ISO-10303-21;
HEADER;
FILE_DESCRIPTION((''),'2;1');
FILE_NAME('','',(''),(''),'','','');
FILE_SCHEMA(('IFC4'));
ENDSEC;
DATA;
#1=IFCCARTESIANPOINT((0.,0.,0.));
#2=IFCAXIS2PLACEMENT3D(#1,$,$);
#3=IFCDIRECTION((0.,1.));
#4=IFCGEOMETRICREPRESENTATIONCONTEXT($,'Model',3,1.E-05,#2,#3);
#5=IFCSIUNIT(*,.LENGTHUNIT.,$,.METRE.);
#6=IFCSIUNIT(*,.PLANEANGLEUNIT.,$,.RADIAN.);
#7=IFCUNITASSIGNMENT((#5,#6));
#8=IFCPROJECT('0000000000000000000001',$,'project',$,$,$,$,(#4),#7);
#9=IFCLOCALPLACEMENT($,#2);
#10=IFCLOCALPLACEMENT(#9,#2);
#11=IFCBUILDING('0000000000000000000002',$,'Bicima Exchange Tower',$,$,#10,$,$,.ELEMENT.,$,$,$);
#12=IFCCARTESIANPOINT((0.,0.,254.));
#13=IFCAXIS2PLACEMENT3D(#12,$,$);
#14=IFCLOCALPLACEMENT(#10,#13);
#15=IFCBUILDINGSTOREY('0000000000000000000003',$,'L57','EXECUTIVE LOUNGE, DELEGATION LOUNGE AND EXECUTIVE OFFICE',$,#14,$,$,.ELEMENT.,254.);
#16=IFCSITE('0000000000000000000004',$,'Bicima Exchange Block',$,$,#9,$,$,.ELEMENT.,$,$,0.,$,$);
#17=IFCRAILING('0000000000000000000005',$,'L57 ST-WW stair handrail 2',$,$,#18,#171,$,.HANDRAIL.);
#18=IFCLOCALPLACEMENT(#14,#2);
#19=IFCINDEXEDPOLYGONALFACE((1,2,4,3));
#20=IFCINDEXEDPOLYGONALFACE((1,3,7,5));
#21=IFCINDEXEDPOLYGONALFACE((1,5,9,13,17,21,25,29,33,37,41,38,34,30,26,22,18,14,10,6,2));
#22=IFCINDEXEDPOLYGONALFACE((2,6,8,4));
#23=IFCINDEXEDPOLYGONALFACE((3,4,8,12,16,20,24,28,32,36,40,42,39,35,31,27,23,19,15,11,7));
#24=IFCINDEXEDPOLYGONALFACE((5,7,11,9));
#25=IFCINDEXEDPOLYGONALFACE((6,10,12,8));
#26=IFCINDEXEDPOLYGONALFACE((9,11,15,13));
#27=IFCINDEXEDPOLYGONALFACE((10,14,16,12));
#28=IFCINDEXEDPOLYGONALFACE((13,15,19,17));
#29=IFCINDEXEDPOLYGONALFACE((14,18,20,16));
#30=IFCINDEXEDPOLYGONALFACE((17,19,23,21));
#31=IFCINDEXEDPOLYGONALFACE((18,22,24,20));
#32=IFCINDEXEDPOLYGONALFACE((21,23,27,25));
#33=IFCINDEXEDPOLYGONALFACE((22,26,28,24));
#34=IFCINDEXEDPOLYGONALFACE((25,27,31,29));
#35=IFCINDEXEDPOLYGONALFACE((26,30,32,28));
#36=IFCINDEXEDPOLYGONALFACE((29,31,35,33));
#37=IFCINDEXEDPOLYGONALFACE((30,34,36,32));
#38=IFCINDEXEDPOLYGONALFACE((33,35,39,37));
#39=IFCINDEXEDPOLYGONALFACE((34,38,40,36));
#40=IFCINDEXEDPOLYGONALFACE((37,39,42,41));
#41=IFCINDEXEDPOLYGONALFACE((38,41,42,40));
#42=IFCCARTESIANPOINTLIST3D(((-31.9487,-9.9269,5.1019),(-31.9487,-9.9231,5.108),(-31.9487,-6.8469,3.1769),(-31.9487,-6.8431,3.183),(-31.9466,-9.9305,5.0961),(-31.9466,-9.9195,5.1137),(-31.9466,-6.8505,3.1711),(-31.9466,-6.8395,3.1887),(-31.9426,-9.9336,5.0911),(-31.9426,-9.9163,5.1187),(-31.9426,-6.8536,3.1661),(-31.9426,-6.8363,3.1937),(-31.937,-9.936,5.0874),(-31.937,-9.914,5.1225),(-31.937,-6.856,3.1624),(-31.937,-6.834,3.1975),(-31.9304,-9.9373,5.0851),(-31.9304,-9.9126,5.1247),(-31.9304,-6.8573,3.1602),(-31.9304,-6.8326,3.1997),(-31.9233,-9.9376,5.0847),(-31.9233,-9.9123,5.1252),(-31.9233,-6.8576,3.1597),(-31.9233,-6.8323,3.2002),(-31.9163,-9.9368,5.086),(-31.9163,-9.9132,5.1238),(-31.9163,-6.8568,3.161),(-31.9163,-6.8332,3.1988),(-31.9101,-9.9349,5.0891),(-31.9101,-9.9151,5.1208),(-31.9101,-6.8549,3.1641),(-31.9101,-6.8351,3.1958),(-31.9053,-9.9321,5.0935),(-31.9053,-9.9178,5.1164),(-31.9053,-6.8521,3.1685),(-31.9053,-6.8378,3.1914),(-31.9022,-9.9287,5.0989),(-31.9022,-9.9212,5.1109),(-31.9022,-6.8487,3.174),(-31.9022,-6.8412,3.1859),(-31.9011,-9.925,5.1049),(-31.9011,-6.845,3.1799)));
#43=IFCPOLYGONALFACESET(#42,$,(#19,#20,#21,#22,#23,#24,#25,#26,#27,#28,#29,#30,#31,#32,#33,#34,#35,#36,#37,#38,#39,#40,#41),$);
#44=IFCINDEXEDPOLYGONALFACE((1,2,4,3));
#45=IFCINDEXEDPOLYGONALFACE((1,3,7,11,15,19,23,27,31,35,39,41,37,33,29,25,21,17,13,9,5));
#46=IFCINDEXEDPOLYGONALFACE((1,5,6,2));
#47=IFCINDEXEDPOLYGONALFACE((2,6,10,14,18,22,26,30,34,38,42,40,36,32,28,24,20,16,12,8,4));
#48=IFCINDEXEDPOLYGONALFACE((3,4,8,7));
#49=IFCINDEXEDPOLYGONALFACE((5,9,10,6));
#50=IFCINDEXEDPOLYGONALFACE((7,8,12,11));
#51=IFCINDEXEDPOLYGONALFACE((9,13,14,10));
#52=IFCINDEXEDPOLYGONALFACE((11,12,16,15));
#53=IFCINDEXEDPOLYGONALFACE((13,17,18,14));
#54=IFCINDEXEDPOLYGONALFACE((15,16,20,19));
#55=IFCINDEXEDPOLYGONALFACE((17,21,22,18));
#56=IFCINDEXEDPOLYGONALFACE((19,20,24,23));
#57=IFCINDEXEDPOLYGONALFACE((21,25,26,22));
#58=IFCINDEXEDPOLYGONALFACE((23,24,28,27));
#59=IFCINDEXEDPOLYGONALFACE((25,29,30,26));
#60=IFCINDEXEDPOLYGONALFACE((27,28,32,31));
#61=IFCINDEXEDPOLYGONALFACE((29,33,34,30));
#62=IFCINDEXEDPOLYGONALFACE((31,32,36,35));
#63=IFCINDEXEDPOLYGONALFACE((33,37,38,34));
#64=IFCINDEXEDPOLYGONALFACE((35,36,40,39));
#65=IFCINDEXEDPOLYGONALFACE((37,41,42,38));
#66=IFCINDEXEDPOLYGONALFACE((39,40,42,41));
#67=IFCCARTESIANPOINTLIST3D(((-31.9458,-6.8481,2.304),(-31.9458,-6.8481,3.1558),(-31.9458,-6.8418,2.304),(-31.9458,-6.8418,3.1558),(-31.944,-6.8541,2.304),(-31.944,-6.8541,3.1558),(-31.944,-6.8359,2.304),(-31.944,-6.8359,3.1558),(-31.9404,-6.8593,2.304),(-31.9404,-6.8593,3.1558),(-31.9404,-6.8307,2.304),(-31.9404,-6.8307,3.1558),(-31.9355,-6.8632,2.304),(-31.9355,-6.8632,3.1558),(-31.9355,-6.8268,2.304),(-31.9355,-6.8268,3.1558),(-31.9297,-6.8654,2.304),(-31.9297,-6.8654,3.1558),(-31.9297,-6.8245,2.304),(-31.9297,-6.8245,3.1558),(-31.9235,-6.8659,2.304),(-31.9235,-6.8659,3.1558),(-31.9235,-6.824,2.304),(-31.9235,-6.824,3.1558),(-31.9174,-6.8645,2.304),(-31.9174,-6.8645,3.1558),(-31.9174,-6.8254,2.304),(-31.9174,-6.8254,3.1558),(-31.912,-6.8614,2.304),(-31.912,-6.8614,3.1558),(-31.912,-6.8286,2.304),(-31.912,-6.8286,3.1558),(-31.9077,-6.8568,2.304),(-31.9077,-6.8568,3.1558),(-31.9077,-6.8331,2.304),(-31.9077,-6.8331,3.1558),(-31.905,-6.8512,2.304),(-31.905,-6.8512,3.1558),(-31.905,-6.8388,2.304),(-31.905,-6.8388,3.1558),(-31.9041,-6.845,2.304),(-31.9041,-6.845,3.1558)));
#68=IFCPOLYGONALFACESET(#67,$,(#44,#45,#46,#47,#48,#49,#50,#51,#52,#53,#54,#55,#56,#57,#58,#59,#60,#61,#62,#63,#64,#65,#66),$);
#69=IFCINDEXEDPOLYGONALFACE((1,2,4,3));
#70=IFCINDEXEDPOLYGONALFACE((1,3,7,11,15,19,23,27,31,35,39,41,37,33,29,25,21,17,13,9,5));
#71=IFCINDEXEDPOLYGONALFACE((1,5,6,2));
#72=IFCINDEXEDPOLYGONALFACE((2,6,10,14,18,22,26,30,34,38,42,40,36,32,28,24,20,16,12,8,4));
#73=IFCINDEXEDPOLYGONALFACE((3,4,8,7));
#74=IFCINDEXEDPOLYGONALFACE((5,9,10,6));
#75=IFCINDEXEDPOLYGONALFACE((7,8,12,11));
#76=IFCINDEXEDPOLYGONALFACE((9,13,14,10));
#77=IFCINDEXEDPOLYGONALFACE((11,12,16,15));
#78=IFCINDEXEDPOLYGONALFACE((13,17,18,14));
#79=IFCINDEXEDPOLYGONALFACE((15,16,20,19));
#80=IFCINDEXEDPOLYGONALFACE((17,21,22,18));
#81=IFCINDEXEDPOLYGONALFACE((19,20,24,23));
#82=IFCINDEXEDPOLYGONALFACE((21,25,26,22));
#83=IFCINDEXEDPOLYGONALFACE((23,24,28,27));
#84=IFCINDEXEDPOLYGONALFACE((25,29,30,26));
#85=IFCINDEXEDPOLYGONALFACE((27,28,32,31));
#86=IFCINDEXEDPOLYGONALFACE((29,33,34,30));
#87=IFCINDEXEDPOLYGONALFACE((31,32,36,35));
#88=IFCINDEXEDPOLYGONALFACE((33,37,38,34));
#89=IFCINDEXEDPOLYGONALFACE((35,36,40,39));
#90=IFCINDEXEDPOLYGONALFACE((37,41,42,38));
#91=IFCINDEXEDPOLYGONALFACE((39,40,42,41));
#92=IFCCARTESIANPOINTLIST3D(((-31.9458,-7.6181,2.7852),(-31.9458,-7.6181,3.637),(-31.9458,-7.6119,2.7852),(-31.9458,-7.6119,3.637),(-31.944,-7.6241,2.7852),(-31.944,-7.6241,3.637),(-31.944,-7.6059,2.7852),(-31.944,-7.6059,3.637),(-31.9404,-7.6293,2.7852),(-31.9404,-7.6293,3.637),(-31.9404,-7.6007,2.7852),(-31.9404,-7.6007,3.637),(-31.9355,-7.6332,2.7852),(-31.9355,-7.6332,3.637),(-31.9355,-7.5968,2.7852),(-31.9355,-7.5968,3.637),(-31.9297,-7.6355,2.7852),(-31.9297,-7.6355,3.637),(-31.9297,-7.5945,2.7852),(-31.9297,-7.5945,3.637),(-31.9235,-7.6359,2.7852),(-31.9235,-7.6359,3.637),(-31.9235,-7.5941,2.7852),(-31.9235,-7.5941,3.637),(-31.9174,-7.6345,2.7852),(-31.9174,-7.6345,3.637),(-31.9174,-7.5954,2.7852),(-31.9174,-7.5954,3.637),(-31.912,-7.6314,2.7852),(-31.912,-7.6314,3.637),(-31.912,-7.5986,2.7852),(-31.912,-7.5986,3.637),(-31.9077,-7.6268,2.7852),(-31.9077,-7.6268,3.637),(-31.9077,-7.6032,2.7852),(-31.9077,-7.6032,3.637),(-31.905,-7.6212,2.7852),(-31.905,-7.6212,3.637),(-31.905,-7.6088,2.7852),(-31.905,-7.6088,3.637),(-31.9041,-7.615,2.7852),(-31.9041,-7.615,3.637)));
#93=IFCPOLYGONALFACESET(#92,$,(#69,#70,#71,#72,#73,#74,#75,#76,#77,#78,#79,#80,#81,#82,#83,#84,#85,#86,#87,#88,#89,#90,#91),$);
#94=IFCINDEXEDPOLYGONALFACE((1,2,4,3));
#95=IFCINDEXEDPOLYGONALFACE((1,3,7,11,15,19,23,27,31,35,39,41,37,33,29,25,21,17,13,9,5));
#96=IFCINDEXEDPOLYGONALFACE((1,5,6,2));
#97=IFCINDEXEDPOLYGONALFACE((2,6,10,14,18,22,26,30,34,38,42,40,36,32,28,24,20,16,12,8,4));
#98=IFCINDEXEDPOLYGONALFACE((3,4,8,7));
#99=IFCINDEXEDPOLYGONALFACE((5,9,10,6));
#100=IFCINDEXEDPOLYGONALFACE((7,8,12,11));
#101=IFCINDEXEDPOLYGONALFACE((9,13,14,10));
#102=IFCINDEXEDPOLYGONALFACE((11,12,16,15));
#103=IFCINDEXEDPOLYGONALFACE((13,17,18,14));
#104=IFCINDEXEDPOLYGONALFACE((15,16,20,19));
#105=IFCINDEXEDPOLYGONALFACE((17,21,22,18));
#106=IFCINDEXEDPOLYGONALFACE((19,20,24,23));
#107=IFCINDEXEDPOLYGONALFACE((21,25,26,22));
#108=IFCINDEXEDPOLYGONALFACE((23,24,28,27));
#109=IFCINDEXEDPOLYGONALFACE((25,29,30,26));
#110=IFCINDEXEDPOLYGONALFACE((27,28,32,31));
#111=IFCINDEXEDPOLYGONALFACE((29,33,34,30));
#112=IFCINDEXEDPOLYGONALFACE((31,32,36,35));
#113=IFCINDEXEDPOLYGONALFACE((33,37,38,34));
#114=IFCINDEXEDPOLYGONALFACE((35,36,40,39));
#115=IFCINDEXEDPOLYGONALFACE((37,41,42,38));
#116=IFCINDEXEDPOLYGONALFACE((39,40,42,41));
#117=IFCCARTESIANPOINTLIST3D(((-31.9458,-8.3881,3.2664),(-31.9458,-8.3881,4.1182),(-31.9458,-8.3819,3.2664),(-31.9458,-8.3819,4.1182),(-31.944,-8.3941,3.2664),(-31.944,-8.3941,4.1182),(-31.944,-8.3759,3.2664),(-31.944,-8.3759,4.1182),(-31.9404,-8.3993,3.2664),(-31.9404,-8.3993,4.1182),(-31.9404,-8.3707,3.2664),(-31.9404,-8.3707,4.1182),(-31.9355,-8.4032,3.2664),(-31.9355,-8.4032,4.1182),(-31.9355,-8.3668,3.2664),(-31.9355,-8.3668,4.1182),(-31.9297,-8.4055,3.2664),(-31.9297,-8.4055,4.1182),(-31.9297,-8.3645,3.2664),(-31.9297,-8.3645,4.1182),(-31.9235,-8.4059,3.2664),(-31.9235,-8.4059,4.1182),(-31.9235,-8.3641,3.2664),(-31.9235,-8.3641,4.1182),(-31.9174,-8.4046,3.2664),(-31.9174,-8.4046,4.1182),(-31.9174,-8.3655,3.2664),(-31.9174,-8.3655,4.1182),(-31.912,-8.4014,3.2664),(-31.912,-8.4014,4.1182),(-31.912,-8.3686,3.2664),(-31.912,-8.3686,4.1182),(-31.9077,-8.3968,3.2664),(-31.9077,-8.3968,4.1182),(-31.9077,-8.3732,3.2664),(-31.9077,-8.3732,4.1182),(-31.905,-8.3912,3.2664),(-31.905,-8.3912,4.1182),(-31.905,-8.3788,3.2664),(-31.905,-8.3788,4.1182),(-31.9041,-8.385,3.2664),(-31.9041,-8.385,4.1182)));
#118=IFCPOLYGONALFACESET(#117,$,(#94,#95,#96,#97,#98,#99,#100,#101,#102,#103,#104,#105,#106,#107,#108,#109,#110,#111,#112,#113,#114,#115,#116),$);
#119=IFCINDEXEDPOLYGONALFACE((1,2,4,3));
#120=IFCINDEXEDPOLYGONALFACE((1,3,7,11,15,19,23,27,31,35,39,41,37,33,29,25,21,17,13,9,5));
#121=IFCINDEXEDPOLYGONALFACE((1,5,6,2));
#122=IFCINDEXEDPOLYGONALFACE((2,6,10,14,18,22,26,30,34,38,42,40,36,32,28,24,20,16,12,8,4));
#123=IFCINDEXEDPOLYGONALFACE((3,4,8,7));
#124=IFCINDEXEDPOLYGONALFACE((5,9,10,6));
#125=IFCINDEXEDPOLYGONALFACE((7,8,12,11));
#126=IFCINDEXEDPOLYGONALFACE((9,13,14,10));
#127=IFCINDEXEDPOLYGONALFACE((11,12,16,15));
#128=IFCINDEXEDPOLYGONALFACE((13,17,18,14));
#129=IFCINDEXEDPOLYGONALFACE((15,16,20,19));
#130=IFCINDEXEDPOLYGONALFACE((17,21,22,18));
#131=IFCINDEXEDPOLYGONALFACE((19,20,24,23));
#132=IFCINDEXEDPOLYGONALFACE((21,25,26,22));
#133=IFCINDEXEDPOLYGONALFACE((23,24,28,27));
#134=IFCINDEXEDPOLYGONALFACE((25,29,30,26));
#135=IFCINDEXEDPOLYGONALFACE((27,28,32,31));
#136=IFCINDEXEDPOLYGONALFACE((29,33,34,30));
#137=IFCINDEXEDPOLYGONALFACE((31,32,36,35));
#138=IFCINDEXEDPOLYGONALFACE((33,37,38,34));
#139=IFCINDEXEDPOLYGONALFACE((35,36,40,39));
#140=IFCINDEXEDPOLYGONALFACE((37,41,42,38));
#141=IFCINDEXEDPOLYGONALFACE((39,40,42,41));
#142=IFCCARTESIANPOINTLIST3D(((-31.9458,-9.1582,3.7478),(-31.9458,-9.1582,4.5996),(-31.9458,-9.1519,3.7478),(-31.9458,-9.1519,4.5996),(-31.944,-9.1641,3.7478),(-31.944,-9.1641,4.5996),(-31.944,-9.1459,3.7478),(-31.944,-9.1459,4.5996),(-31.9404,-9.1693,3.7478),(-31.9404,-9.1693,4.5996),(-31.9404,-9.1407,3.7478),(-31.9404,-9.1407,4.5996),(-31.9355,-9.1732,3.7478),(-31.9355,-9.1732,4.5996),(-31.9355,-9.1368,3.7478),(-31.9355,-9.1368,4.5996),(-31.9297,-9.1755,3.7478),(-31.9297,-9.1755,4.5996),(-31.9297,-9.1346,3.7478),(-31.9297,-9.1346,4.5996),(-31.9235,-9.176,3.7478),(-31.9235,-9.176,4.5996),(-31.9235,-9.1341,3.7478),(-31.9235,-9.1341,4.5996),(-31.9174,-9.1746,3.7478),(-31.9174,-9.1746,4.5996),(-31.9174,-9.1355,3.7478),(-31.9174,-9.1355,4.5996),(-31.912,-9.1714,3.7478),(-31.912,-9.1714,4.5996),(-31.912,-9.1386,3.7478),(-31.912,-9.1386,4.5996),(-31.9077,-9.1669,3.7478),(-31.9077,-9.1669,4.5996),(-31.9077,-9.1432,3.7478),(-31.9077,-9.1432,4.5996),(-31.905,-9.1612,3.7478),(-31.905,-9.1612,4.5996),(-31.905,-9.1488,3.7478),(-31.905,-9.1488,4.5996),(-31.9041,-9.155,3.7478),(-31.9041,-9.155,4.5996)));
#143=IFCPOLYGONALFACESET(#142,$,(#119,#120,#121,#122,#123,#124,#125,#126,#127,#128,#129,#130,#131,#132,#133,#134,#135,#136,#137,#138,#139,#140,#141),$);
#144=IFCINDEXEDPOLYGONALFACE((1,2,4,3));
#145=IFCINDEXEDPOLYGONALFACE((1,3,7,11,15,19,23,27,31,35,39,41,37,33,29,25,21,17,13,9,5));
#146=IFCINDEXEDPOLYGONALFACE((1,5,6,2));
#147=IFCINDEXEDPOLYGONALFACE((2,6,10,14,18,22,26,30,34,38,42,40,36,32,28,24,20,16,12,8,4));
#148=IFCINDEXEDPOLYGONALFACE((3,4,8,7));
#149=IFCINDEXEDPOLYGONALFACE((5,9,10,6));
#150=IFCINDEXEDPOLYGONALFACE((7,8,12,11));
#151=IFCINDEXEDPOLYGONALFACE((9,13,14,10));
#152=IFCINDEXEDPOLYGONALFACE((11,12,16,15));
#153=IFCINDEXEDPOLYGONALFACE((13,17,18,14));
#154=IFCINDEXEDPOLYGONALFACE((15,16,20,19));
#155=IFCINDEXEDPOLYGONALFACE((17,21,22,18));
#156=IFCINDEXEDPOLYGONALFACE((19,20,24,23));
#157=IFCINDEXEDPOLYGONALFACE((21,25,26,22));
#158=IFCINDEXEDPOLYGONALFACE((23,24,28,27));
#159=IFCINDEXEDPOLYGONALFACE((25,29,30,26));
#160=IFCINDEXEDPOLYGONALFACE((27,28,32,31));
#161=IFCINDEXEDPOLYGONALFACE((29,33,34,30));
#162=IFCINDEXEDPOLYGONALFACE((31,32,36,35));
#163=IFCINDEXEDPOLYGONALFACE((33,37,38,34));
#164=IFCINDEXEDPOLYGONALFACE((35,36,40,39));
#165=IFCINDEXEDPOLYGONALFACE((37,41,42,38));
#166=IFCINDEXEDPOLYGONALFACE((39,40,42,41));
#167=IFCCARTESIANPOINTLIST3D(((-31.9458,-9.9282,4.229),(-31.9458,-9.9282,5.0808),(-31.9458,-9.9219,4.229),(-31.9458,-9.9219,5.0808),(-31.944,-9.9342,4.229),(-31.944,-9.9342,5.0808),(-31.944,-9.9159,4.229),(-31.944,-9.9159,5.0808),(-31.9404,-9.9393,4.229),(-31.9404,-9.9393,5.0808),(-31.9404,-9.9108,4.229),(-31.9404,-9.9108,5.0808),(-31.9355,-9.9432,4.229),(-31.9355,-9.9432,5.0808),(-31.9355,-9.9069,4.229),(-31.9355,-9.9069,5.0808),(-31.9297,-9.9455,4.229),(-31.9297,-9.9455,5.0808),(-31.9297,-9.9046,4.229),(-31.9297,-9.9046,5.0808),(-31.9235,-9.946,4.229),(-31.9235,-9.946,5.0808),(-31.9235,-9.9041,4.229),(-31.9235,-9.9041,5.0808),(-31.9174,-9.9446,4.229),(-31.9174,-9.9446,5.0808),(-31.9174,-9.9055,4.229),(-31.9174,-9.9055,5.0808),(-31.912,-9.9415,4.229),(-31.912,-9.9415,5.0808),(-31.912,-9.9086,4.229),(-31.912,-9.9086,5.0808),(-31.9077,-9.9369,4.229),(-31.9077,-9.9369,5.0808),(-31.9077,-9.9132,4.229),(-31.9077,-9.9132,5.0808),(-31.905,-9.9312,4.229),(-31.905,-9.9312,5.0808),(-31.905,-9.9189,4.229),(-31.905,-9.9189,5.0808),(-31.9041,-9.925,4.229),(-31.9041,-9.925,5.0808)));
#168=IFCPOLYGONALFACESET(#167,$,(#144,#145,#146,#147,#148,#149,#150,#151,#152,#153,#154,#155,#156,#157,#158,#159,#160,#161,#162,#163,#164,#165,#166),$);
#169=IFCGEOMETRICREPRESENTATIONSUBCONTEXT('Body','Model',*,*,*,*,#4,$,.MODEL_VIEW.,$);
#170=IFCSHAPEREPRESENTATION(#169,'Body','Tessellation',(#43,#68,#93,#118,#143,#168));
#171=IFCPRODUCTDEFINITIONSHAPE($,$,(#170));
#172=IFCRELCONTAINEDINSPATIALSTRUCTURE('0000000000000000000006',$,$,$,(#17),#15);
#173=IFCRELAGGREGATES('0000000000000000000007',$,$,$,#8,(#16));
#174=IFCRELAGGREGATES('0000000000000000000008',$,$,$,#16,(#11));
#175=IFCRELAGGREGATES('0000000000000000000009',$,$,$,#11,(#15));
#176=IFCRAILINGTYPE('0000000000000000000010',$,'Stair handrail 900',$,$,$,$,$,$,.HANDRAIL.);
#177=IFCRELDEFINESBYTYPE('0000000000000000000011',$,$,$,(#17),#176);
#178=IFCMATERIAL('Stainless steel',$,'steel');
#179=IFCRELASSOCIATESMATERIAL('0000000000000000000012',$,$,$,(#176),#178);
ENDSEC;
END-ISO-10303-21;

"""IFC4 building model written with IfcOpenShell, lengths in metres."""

from ifc_helpers import new_model, si_unit, direction, frame, origin, origin_2d, place, context, subcontext, project, spatial, circle, extrude, material, type_object, element, save


model = new_model("IFC4")

# Units and contexts
model_context = context("Model", 3, precision=1e-05, world=origin(), true_north=direction((0.0, 1.0)))
body_context = subcontext(model_context, "Body", "Model", "MODEL_VIEW")
ifc_project = project(units=[si_unit("LENGTHUNIT", "METRE"), si_unit("PLANEANGLEUNIT", "RADIAN")], contexts=[model_context])

# Site, building, storey
site_placement = place(None, origin())
site = spatial("IfcSite", under=ifc_project, at=site_placement, Name="Bicima Exchange Block", CompositionType="ELEMENT", RefElevation=0.0)
building_placement = place(site_placement, origin())
building = spatial("IfcBuilding", under=site, at=building_placement, Name="Bicima Exchange Tower", CompositionType="ELEMENT")
storey_placement = place(building_placement, frame((0.0, 0.0, 254.0)))
storey = spatial("IfcBuildingStorey", under=building, at=storey_placement, Name="L57", Description="EXECUTIVE LOUNGE, DELEGATION LOUNGE AND EXECUTIVE OFFICE", CompositionType="ELEMENT", Elevation=254.0)

# Railing
ifc_material_1 = material(Name="Stainless steel", Category="steel")
railing_type_1 = type_object("IfcRailingType", Name="Stair handrail 900", PredefinedType="HANDRAIL", material=ifc_material_1)
railing_1_placement = place(storey_placement, frame((-31.925, -6.845, 2.304)))
element("IfcRailing", 1, at=railing_1_placement, inside=storey, type_object=railing_type_1, Name="L57 ST-WW stair handrail 2", PredefinedType="HANDRAIL", context=body_context, shape_type="SweptSolid", body=[
    extrude(circle(Radius=0.0239, at=origin_2d()), frame((0.0, 0.0, 0.876), z_axis=(0.0, -0.847998, 0.529999), x_axis=(1.0, 0.0, 0.0)), (0.0, 0.0, 1.0), 3.6321),
    extrude(circle(Radius=0.021, at=origin_2d()), origin(), (0.0, 0.0, 1.0), 0.8518),
    extrude(circle(Radius=0.021, at=origin_2d()), frame((0.0, -0.77, 0.4812)), (0.0, 0.0, 1.0), 0.8518),
    extrude(circle(Radius=0.021, at=origin_2d()), frame((0.0, -1.54, 0.9624)), (0.0, 0.0, 1.0), 0.8518),
    extrude(circle(Radius=0.021, at=origin_2d()), frame((0.0, -2.3101, 1.4438)), (0.0, 0.0, 1.0), 0.8518),
    extrude(circle(Radius=0.021, at=origin_2d()), frame((0.0, -3.0801, 1.925)), (0.0, 0.0, 1.0), 0.8518),
])

save(model, "model.ifc")
